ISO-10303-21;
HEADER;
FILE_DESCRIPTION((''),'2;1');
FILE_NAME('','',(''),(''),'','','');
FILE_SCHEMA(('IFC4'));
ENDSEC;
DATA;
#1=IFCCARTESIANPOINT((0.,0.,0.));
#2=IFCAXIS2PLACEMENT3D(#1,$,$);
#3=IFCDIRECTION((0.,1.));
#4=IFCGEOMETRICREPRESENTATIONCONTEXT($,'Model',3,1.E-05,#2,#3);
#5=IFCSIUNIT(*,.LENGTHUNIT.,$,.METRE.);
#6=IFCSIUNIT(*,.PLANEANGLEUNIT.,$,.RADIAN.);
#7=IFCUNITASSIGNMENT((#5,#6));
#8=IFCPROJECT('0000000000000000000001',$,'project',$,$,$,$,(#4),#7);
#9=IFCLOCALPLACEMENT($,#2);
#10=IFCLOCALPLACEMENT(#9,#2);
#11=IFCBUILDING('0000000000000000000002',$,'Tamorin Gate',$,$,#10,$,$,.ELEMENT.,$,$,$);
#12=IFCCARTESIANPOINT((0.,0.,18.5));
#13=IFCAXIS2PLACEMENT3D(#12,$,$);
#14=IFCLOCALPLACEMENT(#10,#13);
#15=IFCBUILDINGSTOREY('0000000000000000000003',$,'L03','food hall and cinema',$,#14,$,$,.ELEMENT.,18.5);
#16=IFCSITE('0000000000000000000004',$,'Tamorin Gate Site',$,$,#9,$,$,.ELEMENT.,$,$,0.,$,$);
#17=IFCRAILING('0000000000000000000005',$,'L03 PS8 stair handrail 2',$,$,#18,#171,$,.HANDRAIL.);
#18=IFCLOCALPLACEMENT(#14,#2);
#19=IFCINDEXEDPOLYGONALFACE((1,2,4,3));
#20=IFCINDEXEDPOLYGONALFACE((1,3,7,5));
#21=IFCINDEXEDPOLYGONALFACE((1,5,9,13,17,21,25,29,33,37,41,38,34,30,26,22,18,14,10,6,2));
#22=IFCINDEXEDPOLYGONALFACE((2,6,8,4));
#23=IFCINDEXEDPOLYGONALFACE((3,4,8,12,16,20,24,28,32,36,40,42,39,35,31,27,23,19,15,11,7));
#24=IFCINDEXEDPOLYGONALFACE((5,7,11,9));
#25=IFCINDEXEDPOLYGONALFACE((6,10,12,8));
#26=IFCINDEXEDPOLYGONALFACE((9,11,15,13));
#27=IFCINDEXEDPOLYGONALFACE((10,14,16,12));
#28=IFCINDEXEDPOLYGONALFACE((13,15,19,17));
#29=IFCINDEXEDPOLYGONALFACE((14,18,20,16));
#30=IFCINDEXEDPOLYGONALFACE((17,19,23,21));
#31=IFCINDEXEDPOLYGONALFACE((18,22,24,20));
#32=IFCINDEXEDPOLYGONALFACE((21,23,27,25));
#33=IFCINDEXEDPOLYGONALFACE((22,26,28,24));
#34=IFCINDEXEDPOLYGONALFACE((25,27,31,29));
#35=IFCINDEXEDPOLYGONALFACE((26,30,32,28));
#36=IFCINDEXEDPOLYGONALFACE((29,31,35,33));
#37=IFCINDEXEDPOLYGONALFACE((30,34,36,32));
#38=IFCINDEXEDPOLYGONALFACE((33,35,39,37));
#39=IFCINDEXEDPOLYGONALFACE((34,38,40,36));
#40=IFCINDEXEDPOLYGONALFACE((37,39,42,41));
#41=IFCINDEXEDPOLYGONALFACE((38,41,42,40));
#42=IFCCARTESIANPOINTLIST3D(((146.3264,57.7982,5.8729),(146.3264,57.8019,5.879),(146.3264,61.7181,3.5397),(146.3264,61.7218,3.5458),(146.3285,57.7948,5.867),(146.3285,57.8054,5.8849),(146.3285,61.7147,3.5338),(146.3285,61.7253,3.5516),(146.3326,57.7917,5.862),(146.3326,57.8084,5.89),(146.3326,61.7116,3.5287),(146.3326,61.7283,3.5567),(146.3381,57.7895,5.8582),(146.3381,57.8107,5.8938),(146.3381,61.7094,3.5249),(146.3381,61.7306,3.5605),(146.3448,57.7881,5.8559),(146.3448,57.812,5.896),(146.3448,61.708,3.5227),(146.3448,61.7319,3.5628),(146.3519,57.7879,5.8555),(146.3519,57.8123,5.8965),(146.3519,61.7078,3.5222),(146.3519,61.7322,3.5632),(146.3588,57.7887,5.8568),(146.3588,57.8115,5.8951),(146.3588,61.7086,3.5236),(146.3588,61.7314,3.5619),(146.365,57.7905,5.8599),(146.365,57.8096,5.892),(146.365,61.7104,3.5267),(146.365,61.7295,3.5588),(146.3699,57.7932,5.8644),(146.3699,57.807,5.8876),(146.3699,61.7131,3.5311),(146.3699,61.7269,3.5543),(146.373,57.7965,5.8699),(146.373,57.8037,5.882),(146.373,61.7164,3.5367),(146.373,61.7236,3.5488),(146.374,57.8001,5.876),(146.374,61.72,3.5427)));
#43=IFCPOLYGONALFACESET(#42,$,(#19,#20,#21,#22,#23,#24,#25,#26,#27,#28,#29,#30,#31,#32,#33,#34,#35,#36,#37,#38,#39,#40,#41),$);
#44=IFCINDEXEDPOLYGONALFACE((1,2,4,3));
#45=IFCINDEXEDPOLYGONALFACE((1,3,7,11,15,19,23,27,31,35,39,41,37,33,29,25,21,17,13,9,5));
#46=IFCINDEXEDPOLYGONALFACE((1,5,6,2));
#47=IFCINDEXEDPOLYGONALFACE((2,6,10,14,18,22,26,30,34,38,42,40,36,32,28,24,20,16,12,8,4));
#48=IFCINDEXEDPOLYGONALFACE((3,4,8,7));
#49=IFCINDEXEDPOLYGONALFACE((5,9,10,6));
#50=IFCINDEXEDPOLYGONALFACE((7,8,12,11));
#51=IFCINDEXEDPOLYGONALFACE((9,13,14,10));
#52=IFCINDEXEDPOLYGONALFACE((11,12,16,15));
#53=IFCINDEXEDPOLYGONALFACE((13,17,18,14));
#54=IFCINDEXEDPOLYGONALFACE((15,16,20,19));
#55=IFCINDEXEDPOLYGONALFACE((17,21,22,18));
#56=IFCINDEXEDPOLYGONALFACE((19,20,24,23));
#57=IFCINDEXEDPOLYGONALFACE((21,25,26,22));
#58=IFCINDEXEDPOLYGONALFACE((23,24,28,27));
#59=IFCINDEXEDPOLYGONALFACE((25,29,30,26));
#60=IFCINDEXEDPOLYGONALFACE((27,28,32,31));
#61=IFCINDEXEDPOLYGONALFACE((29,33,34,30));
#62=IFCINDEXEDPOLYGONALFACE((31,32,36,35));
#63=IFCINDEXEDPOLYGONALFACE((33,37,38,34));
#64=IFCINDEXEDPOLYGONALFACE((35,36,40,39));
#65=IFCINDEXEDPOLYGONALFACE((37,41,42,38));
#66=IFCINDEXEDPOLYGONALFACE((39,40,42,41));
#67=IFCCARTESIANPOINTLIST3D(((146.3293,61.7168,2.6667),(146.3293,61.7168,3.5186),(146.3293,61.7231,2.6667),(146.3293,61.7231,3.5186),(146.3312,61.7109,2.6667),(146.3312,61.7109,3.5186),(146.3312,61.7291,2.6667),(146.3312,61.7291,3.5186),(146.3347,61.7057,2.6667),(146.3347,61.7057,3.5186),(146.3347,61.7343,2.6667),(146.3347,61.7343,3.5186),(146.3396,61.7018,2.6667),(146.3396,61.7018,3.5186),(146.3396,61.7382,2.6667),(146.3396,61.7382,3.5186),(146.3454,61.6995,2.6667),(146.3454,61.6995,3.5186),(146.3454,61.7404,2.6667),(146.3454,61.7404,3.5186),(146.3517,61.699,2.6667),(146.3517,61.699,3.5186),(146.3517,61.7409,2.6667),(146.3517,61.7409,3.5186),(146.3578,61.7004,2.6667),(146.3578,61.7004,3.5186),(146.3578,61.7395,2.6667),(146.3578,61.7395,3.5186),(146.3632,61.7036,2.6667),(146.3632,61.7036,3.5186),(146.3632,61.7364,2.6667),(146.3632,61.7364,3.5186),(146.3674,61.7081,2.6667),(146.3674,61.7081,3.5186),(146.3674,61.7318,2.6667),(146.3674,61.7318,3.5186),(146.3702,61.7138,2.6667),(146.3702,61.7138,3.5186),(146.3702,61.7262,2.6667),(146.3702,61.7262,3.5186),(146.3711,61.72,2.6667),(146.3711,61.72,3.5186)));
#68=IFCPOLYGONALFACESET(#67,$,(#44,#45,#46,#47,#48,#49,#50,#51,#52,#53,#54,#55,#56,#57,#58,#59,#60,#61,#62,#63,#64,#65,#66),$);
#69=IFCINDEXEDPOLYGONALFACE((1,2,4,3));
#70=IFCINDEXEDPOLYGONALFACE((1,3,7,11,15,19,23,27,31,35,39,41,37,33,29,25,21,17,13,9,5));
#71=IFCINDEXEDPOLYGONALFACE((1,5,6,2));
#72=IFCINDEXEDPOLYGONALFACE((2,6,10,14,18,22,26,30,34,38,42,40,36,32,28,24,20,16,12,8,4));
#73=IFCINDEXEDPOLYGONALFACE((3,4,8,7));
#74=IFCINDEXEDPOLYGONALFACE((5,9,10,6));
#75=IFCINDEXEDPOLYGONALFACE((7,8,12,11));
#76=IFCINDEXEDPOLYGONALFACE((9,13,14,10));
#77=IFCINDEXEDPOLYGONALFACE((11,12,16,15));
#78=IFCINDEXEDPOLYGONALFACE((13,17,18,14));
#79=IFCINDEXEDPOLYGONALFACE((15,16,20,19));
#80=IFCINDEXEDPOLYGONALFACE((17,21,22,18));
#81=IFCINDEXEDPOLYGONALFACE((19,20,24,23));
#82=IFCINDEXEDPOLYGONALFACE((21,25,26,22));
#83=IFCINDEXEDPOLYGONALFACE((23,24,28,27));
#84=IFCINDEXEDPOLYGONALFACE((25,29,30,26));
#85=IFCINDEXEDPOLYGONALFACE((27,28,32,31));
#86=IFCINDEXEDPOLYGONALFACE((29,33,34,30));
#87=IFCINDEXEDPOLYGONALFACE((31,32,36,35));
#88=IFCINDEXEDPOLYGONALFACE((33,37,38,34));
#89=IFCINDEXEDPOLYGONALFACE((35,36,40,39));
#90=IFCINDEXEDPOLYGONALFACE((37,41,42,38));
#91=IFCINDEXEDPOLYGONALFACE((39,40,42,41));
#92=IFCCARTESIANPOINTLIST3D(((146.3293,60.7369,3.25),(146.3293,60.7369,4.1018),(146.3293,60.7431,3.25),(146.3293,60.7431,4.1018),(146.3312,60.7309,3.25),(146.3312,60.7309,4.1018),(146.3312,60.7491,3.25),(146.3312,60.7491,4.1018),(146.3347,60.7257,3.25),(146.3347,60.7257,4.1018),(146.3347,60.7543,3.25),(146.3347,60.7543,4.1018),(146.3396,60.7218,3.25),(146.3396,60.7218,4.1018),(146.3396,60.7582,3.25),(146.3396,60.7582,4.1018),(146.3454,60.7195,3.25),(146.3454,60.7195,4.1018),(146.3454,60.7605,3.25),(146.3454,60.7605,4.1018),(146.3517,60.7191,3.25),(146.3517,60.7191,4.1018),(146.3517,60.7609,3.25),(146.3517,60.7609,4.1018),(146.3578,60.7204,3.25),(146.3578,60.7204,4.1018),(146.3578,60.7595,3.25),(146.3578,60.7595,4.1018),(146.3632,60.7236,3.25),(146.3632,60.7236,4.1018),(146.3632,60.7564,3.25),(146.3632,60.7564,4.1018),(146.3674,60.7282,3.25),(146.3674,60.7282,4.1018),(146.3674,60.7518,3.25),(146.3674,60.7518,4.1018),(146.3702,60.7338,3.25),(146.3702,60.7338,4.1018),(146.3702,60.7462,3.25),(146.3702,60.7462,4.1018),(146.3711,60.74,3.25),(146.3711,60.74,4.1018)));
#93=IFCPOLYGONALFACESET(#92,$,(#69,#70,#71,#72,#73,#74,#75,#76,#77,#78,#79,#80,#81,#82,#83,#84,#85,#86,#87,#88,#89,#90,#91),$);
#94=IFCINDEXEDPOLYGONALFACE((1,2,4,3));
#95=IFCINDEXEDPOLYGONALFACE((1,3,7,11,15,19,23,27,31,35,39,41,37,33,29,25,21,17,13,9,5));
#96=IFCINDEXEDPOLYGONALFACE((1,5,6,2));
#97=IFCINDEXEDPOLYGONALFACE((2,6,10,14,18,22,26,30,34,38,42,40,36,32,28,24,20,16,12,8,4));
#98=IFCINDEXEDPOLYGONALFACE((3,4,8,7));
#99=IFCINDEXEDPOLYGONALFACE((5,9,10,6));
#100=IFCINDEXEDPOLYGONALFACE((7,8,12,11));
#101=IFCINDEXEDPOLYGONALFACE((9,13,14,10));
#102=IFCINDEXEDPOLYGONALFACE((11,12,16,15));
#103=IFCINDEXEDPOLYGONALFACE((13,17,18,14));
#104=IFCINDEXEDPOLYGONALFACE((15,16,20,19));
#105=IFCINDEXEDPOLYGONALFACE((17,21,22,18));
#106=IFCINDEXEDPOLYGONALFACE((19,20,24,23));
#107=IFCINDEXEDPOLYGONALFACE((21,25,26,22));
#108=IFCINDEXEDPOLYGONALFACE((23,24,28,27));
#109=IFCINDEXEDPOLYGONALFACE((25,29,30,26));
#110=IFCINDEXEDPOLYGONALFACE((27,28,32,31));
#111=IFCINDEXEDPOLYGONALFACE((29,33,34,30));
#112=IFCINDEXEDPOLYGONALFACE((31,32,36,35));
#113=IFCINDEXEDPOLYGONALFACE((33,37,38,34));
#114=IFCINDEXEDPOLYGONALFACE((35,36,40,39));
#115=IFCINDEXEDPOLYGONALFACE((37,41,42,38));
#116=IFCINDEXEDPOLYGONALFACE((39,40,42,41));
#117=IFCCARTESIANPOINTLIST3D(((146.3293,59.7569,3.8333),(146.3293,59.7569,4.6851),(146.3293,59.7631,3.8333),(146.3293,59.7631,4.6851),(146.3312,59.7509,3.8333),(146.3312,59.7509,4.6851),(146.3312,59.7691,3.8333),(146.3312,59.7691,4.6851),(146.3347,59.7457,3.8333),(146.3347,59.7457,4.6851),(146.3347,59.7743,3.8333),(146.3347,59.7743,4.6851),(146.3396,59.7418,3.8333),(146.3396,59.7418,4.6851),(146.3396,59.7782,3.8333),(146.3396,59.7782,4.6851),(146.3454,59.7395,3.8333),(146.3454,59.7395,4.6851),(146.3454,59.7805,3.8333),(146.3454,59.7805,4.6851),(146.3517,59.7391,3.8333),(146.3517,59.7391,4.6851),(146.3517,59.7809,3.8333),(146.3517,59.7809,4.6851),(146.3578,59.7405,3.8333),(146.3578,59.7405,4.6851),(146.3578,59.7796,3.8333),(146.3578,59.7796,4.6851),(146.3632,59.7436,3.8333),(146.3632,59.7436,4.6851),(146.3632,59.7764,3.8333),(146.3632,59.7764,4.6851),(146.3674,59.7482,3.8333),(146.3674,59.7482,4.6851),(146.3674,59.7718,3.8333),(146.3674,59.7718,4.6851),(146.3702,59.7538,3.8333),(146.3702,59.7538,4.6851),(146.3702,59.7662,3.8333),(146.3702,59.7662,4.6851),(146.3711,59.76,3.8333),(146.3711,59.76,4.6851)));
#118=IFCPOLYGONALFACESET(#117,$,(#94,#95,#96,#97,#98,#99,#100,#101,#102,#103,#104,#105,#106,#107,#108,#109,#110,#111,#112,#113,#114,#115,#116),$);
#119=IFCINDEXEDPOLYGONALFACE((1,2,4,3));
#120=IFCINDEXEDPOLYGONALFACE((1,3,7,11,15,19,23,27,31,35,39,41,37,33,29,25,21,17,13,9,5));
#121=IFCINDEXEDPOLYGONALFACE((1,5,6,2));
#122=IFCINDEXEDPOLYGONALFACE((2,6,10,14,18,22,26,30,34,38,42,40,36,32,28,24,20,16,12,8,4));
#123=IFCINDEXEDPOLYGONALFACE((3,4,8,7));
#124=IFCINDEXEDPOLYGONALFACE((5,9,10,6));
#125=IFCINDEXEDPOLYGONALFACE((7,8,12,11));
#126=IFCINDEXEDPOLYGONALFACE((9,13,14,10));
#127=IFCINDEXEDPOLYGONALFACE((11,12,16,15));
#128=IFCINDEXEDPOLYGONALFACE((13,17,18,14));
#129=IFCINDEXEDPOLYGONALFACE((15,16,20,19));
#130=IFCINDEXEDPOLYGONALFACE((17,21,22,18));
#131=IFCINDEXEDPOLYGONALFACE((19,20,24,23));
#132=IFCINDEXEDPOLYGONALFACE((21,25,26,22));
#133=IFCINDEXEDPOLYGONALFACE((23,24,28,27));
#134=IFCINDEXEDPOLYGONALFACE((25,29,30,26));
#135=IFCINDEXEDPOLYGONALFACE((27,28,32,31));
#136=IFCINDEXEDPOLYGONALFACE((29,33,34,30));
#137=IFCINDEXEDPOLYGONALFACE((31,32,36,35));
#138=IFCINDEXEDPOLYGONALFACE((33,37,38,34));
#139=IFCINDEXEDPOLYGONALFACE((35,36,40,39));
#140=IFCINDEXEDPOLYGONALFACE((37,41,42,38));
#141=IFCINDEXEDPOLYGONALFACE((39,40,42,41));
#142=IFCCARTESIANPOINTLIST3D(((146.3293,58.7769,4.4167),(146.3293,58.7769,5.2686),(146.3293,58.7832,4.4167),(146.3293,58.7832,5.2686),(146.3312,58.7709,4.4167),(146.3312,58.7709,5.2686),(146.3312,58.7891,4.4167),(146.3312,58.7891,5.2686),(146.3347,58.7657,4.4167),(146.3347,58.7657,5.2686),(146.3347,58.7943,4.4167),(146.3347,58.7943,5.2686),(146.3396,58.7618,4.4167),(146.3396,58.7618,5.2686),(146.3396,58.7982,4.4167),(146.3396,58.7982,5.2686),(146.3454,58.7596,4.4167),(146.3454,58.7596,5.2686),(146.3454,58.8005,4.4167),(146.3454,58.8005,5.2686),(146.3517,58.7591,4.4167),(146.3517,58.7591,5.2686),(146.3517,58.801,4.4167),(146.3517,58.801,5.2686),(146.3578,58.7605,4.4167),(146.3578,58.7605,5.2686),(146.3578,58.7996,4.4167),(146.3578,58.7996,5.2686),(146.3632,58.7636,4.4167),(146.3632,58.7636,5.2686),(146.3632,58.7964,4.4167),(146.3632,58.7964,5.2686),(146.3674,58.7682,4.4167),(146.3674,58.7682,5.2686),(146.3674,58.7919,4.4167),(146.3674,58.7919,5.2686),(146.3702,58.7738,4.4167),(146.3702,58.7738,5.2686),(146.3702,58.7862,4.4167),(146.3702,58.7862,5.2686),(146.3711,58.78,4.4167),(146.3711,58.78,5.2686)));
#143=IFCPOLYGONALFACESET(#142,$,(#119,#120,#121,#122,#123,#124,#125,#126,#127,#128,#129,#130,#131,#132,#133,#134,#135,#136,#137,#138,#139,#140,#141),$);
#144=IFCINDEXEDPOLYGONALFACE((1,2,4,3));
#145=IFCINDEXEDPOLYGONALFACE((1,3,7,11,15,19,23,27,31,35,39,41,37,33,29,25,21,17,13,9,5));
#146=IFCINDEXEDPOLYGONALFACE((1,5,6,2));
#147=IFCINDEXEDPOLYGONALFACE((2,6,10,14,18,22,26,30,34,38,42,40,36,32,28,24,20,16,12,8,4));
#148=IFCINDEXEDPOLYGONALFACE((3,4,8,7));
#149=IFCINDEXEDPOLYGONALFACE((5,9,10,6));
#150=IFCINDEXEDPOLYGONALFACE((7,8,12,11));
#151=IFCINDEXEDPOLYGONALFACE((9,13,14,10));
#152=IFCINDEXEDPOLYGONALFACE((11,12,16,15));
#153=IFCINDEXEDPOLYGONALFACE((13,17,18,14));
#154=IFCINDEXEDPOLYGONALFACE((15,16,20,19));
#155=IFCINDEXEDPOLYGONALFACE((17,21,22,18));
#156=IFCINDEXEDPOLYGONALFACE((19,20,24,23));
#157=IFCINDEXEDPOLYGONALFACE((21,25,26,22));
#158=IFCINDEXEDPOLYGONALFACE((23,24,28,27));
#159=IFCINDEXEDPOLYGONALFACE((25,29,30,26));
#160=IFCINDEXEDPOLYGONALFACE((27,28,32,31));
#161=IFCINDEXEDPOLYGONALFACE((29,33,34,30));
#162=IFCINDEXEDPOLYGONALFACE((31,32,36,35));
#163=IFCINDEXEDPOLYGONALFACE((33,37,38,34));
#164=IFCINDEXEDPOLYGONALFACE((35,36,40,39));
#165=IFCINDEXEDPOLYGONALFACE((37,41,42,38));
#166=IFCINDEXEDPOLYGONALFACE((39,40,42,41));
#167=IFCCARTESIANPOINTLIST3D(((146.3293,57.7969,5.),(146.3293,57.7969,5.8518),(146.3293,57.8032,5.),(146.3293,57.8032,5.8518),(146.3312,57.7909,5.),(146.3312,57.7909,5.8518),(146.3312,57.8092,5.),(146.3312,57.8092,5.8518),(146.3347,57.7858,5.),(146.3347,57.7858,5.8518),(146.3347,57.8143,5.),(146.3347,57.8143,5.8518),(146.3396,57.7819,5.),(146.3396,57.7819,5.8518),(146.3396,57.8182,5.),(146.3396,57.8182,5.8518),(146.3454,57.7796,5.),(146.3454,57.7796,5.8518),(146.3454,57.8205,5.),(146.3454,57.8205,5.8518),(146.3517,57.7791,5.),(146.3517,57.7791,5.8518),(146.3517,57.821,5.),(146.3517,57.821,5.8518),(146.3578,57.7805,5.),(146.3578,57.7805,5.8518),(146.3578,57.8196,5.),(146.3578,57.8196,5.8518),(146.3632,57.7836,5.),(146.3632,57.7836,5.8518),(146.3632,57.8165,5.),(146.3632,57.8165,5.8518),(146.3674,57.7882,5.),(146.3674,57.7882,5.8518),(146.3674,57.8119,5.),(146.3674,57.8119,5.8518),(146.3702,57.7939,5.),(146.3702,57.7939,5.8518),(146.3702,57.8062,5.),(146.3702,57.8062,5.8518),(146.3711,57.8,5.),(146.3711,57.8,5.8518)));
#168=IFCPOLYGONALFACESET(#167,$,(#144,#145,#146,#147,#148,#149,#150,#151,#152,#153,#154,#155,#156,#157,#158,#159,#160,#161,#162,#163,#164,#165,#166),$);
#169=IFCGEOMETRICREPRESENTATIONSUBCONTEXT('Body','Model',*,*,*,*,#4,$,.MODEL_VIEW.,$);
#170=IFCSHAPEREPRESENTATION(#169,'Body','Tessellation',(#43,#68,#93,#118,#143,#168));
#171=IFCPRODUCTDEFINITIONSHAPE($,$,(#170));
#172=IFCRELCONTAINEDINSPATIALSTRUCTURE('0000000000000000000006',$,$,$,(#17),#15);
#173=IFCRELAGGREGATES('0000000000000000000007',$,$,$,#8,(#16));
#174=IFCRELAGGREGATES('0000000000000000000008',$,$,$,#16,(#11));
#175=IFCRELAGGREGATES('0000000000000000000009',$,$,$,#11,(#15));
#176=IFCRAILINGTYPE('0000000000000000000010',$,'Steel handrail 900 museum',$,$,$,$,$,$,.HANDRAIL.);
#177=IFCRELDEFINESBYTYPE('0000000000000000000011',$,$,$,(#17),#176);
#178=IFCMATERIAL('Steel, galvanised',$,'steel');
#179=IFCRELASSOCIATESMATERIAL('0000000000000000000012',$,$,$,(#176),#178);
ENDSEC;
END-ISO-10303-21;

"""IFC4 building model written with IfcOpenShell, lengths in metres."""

from ifc_helpers import new_model, si_unit, direction, frame, origin, origin_2d, place, context, subcontext, project, spatial, circle, extrude, material, type_object, element, save


model = new_model("IFC4")

# Units and contexts
model_context = context("Model", 3, precision=1e-05, world=origin(), true_north=direction((0.0, 1.0)))
body_context = subcontext(model_context, "Body", "Model", "MODEL_VIEW")
ifc_project = project(units=[si_unit("LENGTHUNIT", "METRE"), si_unit("PLANEANGLEUNIT", "RADIAN")], contexts=[model_context])

# Site, building, storey
site_placement = place(None, origin())
site = spatial("IfcSite", under=ifc_project, at=site_placement, Name="Tamorin Gate Site", CompositionType="ELEMENT", RefElevation=0.0)
building_placement = place(site_placement, origin())
building = spatial("IfcBuilding", under=site, at=building_placement, Name="Tamorin Gate", CompositionType="ELEMENT")
storey_placement = place(building_placement, frame((0.0, 0.0, 18.5)))
storey = spatial("IfcBuildingStorey", under=building, at=storey_placement, Name="L03", Description="food hall and cinema", CompositionType="ELEMENT", Elevation=18.5)

# Railing
ifc_material_1 = material(Name="Steel, galvanised", Category="steel")
railing_type_1 = type_object("IfcRailingType", Name="Steel handrail 900 museum", PredefinedType="HANDRAIL", material=ifc_material_1)
railing_1_placement = place(storey_placement, frame((146.3501, 61.72, 2.6667)))
element("IfcRailing", 1, at=railing_1_placement, inside=storey, type_object=railing_type_1, Name="L03 PS8 stair handrail 2", PredefinedType="HANDRAIL", context=body_context, shape_type="SweptSolid", body=[
    extrude(circle(Radius=0.0239, at=origin_2d()), frame((0.0, 0.0, 0.876), z_axis=(0.0, -0.859296, 0.511478), x_axis=(1.0, 0.0, 0.0)), (0.0, 0.0, 1.0), 4.5618),
    extrude(circle(Radius=0.021, at=origin_2d()), origin(), (0.0, 0.0, 1.0), 0.8518),
    extrude(circle(Radius=0.021, at=origin_2d()), frame((0.0, -0.98, 0.5833)), (0.0, 0.0, 1.0), 0.8518),
    extrude(circle(Radius=0.021, at=origin_2d()), frame((0.0, -1.96, 1.1665)), (0.0, 0.0, 1.0), 0.8518),
    extrude(circle(Radius=0.021, at=origin_2d()), frame((0.0, -2.9399, 1.75)), (0.0, 0.0, 1.0), 0.8518),
    extrude(circle(Radius=0.021, at=origin_2d()), frame((0.0, -3.9199, 2.3333)), (0.0, 0.0, 1.0), 0.8518),
])

save(model, "model.ifc")
